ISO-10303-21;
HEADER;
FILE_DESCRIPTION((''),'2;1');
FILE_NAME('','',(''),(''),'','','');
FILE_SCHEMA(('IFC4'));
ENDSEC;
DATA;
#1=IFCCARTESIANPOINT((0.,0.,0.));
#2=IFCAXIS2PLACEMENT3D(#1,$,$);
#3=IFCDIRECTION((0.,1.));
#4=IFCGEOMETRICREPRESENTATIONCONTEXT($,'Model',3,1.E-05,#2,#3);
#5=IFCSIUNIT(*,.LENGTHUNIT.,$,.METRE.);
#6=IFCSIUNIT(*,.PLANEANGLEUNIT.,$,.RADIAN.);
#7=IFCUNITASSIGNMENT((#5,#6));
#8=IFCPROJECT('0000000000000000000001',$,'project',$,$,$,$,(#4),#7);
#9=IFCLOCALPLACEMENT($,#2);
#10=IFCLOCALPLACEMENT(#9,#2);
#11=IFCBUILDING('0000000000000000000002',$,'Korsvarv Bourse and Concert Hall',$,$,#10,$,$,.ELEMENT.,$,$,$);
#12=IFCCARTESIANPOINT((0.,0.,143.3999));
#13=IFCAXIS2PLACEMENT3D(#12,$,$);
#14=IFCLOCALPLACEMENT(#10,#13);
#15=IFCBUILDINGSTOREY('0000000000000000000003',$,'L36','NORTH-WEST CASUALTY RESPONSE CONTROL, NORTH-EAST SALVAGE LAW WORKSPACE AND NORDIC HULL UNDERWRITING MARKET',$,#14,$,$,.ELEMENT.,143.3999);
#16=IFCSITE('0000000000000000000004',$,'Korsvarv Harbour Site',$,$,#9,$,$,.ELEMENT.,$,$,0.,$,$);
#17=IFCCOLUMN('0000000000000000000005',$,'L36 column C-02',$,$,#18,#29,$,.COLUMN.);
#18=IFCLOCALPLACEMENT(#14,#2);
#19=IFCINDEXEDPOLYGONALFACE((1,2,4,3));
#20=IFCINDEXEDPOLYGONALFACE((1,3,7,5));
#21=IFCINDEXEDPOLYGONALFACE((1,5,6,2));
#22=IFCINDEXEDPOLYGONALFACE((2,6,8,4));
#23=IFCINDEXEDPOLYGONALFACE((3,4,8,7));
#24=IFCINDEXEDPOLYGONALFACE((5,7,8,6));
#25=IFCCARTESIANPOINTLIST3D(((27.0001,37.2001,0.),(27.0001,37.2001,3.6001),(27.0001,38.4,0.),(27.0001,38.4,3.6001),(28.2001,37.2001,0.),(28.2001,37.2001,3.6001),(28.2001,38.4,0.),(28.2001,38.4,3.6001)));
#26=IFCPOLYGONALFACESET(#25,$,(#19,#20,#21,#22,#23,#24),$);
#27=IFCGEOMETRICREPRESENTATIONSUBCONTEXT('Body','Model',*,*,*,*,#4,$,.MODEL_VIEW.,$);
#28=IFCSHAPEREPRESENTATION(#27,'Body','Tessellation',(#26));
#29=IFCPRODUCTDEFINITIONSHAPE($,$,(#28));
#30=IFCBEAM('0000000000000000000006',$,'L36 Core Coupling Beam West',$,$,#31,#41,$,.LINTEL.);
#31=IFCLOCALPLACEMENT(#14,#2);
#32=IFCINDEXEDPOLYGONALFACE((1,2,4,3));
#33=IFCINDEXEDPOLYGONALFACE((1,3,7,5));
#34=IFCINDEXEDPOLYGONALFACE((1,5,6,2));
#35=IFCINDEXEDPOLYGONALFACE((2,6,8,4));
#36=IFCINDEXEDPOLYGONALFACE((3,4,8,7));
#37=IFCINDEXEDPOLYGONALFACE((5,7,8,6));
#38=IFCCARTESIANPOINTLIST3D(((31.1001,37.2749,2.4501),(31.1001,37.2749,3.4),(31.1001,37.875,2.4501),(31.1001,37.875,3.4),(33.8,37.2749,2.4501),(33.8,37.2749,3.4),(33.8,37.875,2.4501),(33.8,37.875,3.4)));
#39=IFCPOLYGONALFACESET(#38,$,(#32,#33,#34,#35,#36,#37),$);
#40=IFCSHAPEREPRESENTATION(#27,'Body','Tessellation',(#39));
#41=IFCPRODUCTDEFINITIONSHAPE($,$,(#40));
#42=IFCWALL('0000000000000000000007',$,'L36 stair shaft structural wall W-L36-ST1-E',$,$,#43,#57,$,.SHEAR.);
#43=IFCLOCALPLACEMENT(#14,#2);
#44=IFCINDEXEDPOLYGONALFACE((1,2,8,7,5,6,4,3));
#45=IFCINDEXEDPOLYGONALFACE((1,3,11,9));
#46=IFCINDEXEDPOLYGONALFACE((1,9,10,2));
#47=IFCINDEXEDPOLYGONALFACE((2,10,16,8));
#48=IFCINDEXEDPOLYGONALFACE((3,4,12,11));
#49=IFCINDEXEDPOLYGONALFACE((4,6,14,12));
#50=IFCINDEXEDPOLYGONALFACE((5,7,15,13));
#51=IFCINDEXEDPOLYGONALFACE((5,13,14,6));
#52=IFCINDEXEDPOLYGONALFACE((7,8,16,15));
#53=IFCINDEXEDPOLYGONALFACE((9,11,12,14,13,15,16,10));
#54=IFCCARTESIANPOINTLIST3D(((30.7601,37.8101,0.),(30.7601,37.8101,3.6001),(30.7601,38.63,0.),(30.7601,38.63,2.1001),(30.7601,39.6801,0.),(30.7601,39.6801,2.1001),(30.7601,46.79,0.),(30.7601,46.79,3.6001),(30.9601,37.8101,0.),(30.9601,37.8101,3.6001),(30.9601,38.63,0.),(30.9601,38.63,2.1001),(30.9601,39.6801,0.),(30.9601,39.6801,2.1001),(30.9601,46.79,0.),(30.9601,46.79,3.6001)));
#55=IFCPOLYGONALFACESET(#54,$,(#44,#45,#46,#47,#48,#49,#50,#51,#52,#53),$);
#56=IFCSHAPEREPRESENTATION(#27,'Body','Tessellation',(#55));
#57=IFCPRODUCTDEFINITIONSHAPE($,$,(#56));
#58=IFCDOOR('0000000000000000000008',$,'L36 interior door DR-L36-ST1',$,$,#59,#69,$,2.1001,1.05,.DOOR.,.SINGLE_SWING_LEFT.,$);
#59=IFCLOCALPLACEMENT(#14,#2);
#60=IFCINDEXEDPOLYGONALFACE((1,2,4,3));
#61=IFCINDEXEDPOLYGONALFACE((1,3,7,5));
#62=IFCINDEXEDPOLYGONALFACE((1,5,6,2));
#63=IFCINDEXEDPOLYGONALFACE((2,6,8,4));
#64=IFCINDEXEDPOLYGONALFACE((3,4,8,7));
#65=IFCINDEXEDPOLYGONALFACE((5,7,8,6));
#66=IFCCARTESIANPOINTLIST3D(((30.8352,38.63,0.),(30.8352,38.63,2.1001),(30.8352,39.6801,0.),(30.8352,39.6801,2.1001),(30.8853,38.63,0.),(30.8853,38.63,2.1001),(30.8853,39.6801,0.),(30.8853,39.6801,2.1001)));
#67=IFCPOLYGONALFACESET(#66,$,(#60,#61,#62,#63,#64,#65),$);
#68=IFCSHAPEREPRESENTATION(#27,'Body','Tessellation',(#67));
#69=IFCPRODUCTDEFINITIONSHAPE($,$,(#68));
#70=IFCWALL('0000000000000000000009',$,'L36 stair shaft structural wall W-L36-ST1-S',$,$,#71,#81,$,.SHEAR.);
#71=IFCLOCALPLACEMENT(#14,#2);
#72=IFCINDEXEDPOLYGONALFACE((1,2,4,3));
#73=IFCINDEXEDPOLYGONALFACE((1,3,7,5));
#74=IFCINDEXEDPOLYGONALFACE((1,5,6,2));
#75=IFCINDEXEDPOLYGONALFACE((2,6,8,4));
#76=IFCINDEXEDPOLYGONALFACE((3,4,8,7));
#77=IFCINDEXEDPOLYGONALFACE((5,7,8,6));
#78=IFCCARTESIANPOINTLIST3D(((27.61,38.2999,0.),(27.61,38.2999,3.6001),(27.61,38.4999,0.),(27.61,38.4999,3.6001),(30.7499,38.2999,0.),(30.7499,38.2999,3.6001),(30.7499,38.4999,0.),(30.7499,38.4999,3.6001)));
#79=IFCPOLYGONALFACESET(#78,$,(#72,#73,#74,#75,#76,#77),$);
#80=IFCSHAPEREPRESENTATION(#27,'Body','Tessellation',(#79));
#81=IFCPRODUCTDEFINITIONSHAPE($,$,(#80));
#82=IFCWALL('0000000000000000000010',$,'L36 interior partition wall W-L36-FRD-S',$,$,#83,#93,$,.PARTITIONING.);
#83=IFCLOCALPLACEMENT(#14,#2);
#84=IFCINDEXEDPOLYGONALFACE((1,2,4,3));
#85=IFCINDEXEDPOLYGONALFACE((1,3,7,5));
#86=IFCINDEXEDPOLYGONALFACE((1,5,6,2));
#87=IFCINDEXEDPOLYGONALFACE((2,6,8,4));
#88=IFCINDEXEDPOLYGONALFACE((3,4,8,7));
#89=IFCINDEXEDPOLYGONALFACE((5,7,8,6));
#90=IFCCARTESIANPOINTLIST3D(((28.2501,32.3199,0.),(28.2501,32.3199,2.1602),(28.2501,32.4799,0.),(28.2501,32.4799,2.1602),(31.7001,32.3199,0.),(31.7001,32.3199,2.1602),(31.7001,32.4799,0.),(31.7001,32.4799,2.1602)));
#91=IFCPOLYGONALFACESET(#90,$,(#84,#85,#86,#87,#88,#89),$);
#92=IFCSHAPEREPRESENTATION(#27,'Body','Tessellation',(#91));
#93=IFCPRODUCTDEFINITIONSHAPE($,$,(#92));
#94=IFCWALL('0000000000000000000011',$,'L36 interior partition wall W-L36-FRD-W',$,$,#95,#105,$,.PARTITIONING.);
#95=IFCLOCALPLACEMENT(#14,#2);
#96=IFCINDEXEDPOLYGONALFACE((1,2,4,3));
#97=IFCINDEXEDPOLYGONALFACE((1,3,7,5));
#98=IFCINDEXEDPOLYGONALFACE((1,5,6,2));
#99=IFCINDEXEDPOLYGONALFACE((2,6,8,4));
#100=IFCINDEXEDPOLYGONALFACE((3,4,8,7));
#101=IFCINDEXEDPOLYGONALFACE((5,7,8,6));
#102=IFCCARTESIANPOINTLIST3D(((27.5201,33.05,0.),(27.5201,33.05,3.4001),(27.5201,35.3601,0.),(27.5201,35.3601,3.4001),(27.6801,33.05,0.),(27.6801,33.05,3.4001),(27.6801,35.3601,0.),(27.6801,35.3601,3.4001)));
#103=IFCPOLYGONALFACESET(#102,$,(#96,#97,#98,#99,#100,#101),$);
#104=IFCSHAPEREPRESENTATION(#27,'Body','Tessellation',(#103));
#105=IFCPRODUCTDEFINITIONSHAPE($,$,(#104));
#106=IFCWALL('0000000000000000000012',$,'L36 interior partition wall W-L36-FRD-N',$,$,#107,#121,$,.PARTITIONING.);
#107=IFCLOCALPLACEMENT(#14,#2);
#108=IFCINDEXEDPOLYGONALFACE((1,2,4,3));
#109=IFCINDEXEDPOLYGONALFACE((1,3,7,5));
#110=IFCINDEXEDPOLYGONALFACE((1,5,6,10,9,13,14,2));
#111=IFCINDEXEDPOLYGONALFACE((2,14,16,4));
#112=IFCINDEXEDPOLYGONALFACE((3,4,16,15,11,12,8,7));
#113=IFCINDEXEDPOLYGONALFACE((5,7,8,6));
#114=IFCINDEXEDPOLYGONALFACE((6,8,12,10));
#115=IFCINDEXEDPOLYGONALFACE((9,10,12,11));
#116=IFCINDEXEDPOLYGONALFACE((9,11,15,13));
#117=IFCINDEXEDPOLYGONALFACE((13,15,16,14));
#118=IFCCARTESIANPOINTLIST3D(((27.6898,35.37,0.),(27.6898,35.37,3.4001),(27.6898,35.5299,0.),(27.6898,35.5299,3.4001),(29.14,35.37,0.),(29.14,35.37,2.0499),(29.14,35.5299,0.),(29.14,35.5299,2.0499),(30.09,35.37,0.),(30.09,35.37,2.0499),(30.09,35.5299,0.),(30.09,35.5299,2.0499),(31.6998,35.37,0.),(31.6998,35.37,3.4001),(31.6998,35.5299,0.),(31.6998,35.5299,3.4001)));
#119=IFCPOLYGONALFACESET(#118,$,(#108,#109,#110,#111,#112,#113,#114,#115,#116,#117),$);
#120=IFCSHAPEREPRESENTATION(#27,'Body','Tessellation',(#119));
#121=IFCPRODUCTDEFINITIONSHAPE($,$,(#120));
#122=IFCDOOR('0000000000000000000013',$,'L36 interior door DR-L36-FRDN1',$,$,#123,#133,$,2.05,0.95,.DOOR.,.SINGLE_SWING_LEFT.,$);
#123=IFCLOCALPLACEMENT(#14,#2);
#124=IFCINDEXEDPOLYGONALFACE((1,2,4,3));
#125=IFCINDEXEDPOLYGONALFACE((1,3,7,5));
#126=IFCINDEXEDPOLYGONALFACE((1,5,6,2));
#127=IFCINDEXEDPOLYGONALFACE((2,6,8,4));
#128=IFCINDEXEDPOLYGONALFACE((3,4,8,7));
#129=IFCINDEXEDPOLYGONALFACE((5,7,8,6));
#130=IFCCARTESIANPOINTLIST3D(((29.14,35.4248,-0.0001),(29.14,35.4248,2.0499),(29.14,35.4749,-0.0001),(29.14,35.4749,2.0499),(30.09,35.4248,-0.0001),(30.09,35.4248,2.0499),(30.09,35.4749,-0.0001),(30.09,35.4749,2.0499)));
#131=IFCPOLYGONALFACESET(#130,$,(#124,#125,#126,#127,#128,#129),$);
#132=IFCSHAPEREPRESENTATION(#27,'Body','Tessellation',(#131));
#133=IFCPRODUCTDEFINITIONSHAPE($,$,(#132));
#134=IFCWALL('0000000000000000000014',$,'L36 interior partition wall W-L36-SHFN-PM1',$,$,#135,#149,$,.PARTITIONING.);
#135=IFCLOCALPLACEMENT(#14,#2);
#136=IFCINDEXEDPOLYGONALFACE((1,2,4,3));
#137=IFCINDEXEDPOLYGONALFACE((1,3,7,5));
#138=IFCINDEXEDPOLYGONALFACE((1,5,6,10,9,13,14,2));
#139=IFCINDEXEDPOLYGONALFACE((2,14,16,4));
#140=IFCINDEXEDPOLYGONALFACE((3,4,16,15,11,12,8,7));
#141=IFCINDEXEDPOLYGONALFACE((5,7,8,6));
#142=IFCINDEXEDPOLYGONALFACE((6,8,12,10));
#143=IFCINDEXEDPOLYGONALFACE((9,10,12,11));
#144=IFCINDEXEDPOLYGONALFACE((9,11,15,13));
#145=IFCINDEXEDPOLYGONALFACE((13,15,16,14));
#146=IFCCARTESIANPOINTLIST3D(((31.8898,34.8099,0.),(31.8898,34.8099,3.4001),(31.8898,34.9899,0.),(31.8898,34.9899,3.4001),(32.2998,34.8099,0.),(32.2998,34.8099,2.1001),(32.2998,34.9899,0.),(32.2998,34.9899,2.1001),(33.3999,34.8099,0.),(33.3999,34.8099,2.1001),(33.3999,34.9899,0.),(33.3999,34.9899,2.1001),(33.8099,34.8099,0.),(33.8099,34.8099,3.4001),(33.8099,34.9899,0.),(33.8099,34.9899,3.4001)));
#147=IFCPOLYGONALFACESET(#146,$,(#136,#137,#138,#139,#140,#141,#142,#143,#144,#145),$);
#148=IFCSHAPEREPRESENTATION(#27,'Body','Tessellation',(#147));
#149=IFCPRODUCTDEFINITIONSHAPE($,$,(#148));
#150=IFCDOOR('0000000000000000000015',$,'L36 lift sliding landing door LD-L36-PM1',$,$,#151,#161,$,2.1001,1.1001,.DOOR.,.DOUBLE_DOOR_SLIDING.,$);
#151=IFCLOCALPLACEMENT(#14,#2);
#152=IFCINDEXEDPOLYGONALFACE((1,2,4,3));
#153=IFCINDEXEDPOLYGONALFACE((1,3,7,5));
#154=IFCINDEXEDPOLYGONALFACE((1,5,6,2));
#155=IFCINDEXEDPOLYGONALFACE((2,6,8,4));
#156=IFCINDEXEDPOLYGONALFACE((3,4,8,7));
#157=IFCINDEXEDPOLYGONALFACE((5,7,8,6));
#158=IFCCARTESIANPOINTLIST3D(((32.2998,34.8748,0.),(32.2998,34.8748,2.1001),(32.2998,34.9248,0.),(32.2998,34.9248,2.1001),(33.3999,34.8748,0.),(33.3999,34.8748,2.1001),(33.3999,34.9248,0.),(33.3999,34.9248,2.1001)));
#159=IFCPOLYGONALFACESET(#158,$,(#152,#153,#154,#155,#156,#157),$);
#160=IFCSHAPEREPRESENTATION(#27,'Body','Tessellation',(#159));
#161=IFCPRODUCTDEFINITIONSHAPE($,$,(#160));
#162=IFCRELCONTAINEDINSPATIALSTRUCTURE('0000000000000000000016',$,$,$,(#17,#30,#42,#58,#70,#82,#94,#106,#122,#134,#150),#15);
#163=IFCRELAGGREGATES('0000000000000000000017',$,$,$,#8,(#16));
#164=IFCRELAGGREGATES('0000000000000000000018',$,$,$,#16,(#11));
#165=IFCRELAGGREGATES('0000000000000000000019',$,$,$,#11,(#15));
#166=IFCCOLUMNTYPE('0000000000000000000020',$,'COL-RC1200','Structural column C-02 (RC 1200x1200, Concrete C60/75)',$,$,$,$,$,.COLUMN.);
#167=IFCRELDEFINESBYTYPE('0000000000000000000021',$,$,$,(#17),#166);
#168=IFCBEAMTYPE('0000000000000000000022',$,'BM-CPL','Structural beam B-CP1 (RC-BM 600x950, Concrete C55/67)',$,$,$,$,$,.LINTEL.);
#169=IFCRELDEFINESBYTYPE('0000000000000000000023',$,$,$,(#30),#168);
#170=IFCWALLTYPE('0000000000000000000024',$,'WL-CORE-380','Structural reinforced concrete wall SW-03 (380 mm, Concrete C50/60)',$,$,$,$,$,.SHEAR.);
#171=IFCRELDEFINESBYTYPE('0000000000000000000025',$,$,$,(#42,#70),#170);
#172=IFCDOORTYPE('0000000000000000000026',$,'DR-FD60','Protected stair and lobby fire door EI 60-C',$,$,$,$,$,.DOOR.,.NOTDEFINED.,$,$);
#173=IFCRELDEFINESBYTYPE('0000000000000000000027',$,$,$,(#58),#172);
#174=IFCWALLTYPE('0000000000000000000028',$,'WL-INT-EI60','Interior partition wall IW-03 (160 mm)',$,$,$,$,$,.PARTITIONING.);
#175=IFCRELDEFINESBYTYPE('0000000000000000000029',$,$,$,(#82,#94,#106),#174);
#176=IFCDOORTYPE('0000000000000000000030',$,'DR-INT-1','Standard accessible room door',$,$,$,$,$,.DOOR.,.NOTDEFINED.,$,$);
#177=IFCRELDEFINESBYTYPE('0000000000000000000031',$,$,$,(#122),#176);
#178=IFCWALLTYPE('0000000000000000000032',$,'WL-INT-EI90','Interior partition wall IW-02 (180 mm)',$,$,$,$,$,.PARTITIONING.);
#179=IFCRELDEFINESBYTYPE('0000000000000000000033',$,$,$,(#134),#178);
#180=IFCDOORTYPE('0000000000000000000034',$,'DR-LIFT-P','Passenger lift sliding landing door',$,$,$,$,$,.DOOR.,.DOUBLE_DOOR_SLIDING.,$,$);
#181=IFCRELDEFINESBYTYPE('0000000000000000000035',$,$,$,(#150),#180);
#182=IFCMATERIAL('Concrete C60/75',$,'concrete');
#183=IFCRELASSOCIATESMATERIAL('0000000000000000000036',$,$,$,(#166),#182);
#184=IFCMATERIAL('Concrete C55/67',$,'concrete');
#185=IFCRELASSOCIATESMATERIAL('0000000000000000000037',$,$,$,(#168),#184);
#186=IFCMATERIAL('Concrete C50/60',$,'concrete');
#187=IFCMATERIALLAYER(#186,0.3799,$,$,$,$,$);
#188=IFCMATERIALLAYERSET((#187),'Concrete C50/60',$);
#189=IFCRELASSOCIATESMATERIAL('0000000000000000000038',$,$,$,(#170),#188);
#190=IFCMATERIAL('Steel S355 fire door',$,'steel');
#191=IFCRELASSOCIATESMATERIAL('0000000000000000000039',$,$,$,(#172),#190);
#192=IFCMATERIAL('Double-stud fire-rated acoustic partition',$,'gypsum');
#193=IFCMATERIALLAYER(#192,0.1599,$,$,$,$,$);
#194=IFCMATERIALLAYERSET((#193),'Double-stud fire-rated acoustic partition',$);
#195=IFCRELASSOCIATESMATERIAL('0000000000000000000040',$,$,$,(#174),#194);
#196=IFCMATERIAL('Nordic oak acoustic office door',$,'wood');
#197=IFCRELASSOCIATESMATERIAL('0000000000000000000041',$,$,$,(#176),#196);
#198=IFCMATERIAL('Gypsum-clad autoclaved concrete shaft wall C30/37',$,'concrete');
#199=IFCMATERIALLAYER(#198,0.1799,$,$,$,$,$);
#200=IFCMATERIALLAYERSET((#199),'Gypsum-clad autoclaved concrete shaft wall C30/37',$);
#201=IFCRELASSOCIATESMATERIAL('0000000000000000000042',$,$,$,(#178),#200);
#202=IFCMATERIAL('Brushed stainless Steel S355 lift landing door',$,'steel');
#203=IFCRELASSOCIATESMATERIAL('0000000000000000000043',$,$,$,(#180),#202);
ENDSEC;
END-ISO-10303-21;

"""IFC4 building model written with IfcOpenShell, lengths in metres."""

from ifc_helpers import new_model, si_unit, direction, frame, frame_2d, origin, origin_2d, place, context, subcontext, project, spatial, rectangle, extrude, source, transform, mapped, material, layer, layer_set, material_profile, profile_set, type_object, element, fill, save


model = new_model("IFC4")

# Units and contexts
model_context = context("Model", 3, precision=1e-05, world=origin(), true_north=direction((0.0, 1.0)))
body_context = subcontext(model_context, "Body", "Model", "MODEL_VIEW")
ifc_project = project(units=[si_unit("LENGTHUNIT", "METRE"), si_unit("PLANEANGLEUNIT", "RADIAN")], contexts=[model_context])

# Site, building, storey
site_placement = place(None, origin())
site = spatial("IfcSite", under=ifc_project, at=site_placement, Name="Korsvarv Harbour Site", CompositionType="ELEMENT", RefElevation=0.0)
building_placement = place(site_placement, origin())
building = spatial("IfcBuilding", under=site, at=building_placement, Name="Korsvarv Bourse and Concert Hall", CompositionType="ELEMENT")
storey_placement = place(building_placement, frame((0.0, 0.0, 143.3999)))
storey = spatial("IfcBuildingStorey", under=building, at=storey_placement, Name="L36", Description="NORTH-WEST CASUALTY RESPONSE CONTROL, NORTH-EAST SALVAGE LAW WORKSPACE AND NORDIC HULL UNDERWRITING MARKET", CompositionType="ELEMENT", Elevation=143.3999)

# Column
ifc_material_1 = material(Name="Concrete C60/75", Category="concrete")
ifc_material_profile_1 = material_profile(ifc_material_1, rectangle(XDim=1.2, YDim=1.2, at=origin_2d()), Name="RC 1200x1200")
ifc_profile_set_1 = profile_set([ifc_material_profile_1], Name="Concrete C60/75")
column_type = type_object("IfcColumnType", Name="COL-RC1200", Description="Structural column C-02 (RC 1200x1200, Concrete C60/75)", PredefinedType="COLUMN", material=ifc_profile_set_1)
shared_shape_1 = source(origin(), body_context, "Body", "SweptSolid", [
    extrude(rectangle(XDim=1.2, YDim=1.2, at=origin_2d()), origin(), (0.0, 0.0, 1.0), 3.6001),
])
column_placement = place(storey_placement, frame((27.6001, 37.8, 0.0), z_axis=(0.0, 0.0, 1.0), x_axis=(1.0, 0.0, 0.0)))
element("IfcColumn", 1, at=column_placement, inside=storey, type_object=column_type, Name="L36 column C-02", PredefinedType="COLUMN", context=body_context, shape_type="MappedRepresentation", body=[
    mapped(shared_shape_1, transform((0.0, 0.0, 0.0), scale=1.0)),
])

# Beam
ifc_material_2 = material(Name="Concrete C55/67", Category="concrete")
ifc_material_profile_2 = material_profile(ifc_material_2, rectangle(XDim=0.6001, YDim=0.95, at=origin_2d()), Name="RC-BM 600x950")
ifc_profile_set_2 = profile_set([ifc_material_profile_2], Name="Concrete C55/67")
beam_type = type_object("IfcBeamType", Name="BM-CPL", Description="Structural beam B-CP1 (RC-BM 600x950, Concrete C55/67)", PredefinedType="LINTEL", material=ifc_profile_set_2)
shared_shape_2 = source(origin(), body_context, "Body", "SweptSolid", [
    extrude(rectangle(XDim=0.6001, YDim=0.95, at=origin_2d()), origin(), (0.0, 0.0, 1.0), 2.7),
])
beam_placement = place(storey_placement, frame((31.1001, 37.575, 2.925), z_axis=(1.0, 0.0, 0.0), x_axis=(0.0, 1.0, 0.0)))
element("IfcBeam", 2, at=beam_placement, inside=storey, type_object=beam_type, Name="L36 Core Coupling Beam West", PredefinedType="LINTEL", context=body_context, shape_type="MappedRepresentation", body=[
    mapped(shared_shape_2, transform((0.0, 0.0, 0.0), scale=1.0)),
])

# Wall, opening, door
ifc_material_3 = material(Name="Concrete C50/60", Category="concrete")
ifc_layer_1 = layer(ifc_material_3, 0.3799)
ifc_layer_set_1 = layer_set([ifc_layer_1], Name="Concrete C50/60")
wall_type_1 = type_object("IfcWallType", Name="WL-CORE-380", Description="Structural reinforced concrete wall SW-03 (380 mm, Concrete C50/60)", PredefinedType="SHEAR", material=ifc_layer_set_1)
wall_1_placement = place(storey_placement, frame((30.8601, 37.8101, 0.0), z_axis=(0.0, 0.0, 1.0), x_axis=(0.0, 1.0, 0.0)))
wall_1 = element("IfcWall", 3, at=wall_1_placement, inside=storey, type_object=wall_type_1, Name="L36 stair shaft structural wall W-L36-ST1-E", PredefinedType="SHEAR", context=body_context, shape_type="SweptSolid", body=[
    extrude(rectangle(XDim=8.98, YDim=0.2, at=frame_2d((4.49, 0.0))), origin(), (0.0, 0.0, 1.0), 3.6001),
])
opening_1_placement = place(wall_1_placement, frame((0.8201, 0.0, 0.0)))
opening_1 = element("IfcOpeningElement", 4, at=opening_1_placement, cuts=wall_1, PredefinedType="OPENING", context=body_context, shape_type="SweptSolid", body=[
    extrude(rectangle(XDim=1.05, YDim=2.1001, at=frame_2d((0.5249, 1.05))), frame((0.0, 0.1099, 0.0), z_axis=(0.0, -1.0, 0.0), x_axis=(1.0, 0.0, 0.0)), (0.0, 0.0, 1.0), 0.22),
])
ifc_material_4 = material(Name="Steel S355 fire door", Category="steel")
door_type_1 = type_object("IfcDoorType", Name="DR-FD60", Description="Protected stair and lobby fire door EI 60-C", OperationType="NOTDEFINED", PredefinedType="DOOR", material=ifc_material_4)
door_1_placement = place(opening_1_placement, origin())
door_1 = element("IfcDoor", 5, at=door_1_placement, inside=storey, type_object=door_type_1, Name="L36 interior door DR-L36-ST1", OperationType="SINGLE_SWING_LEFT", OverallHeight=2.1001, OverallWidth=1.05, PredefinedType="DOOR", context=body_context, shape_type="SweptSolid", body=[
    extrude(rectangle(XDim=1.05, YDim=2.1001, at=frame_2d((0.5249, 1.05))), frame((0.0, 0.0249, 0.0), z_axis=(0.0, -1.0, 0.0), x_axis=(1.0, 0.0, 0.0)), (0.0, 0.0, 1.0), 0.05),
])
fill(opening_1, door_1)

# Walls
wall_2_placement = place(storey_placement, frame((27.6101, 38.3999, 0.0), z_axis=(0.0, 0.0, 1.0), x_axis=(1.0, 0.0, 0.0)))
element("IfcWall", 6, at=wall_2_placement, inside=storey, type_object=wall_type_1, Name="L36 stair shaft structural wall W-L36-ST1-S", PredefinedType="SHEAR", context=body_context, shape_type="SweptSolid", body=[
    extrude(rectangle(XDim=3.1399, YDim=0.2, at=frame_2d((1.5698, 0.0))), origin(), (0.0, 0.0, 1.0), 3.6001),
])
ifc_material_5 = material(Name="Double-stud fire-rated acoustic partition", Category="gypsum")
ifc_layer_2 = layer(ifc_material_5, 0.1599)
ifc_layer_set_2 = layer_set([ifc_layer_2], Name="Double-stud fire-rated acoustic partition")
wall_type_2 = type_object("IfcWallType", Name="WL-INT-EI60", Description="Interior partition wall IW-03 (160 mm)", PredefinedType="PARTITIONING", material=ifc_layer_set_2)
wall_3_placement = place(storey_placement, frame((28.25, 32.3999, 0.0), z_axis=(0.0, 0.0, 1.0), x_axis=(1.0, 0.0, 0.0)))
element("IfcWall", 7, at=wall_3_placement, inside=storey, type_object=wall_type_2, Name="L36 interior partition wall W-L36-FRD-S", PredefinedType="PARTITIONING", context=body_context, shape_type="SweptSolid", body=[
    extrude(rectangle(XDim=3.45, YDim=0.1599, at=frame_2d((1.7251, 0.0))), origin(), (0.0, 0.0, 1.0), 2.1602),
])
wall_4_placement = place(storey_placement, frame((27.6001, 33.05, 0.0), z_axis=(0.0, 0.0, 1.0), x_axis=(0.0, 1.0, 0.0)))
element("IfcWall", 8, at=wall_4_placement, inside=storey, type_object=wall_type_2, Name="L36 interior partition wall W-L36-FRD-W", PredefinedType="PARTITIONING", context=body_context, shape_type="SweptSolid", body=[
    extrude(rectangle(XDim=2.3101, YDim=0.1599, at=frame_2d((1.155, 0.0))), origin(), (0.0, 0.0, 1.0), 3.4001),
])

# Walls, openings, doors
wall_5_placement = place(storey_placement, frame((27.6899, 35.45, 0.0), z_axis=(0.0, 0.0, 1.0), x_axis=(1.0, 0.0, 0.0)))
wall_5 = element("IfcWall", 9, at=wall_5_placement, inside=storey, type_object=wall_type_2, Name="L36 interior partition wall W-L36-FRD-N", PredefinedType="PARTITIONING", context=body_context, shape_type="SweptSolid", body=[
    extrude(rectangle(XDim=4.01, YDim=0.1599, at=frame_2d((2.0049, 0.0))), origin(), (0.0, 0.0, 1.0), 3.4001),
])
opening_2_placement = place(wall_5_placement, frame((1.45, 0.0, 0.0)))
opening_2 = element("IfcOpeningElement", 10, at=opening_2_placement, cuts=wall_5, PredefinedType="OPENING", context=body_context, shape_type="SweptSolid", body=[
    extrude(rectangle(XDim=0.95, YDim=2.05, at=frame_2d((0.4751, 1.0249))), frame((0.0, 0.0898, 0.0), z_axis=(0.0, -1.0, 0.0), x_axis=(1.0, 0.0, 0.0)), (0.0, 0.0, 1.0), 0.1799),
])
ifc_material_6 = material(Name="Nordic oak acoustic office door", Category="wood")
door_type_2 = type_object("IfcDoorType", Name="DR-INT-1", Description="Standard accessible room door", OperationType="NOTDEFINED", PredefinedType="DOOR", material=ifc_material_6)
door_2_placement = place(opening_2_placement, origin())
door_2 = element("IfcDoor", 11, at=door_2_placement, inside=storey, type_object=door_type_2, Name="L36 interior door DR-L36-FRDN1", OperationType="SINGLE_SWING_LEFT", OverallHeight=2.05, OverallWidth=0.95, PredefinedType="DOOR", context=body_context, shape_type="SweptSolid", body=[
    extrude(rectangle(XDim=0.95, YDim=2.05, at=frame_2d((0.4751, 1.0249))), frame((0.0, 0.0249, 0.0), z_axis=(0.0, -1.0, 0.0), x_axis=(1.0, 0.0, 0.0)), (0.0, 0.0, 1.0), 0.05),
])
fill(opening_2, door_2)
ifc_material_7 = material(Name="Gypsum-clad autoclaved concrete shaft wall C30/37", Category="concrete")
ifc_layer_3 = layer(ifc_material_7, 0.1799)
ifc_layer_set_3 = layer_set([ifc_layer_3], Name="Gypsum-clad autoclaved concrete shaft wall C30/37")
wall_type_3 = type_object("IfcWallType", Name="WL-INT-EI90", Description="Interior partition wall IW-02 (180 mm)", PredefinedType="PARTITIONING", material=ifc_layer_set_3)
wall_6_placement = place(storey_placement, frame((31.8899, 34.8999, 0.0), z_axis=(0.0, 0.0, 1.0), x_axis=(1.0, 0.0, 0.0)))
wall_6 = element("IfcWall", 12, at=wall_6_placement, inside=storey, type_object=wall_type_3, Name="L36 interior partition wall W-L36-SHFN-PM1", PredefinedType="PARTITIONING", context=body_context, shape_type="SweptSolid", body=[
    extrude(rectangle(XDim=1.9202, YDim=0.1799, at=frame_2d((0.96, 0.0))), origin(), (0.0, 0.0, 1.0), 3.4001),
])
opening_3_placement = place(wall_6_placement, frame((0.4099, 0.0, 0.0)))
opening_3 = element("IfcOpeningElement", 13, at=opening_3_placement, cuts=wall_6, PredefinedType="OPENING", context=body_context, shape_type="SweptSolid", body=[
    extrude(rectangle(XDim=1.1001, YDim=2.1001, at=frame_2d((0.55, 1.05))), frame((0.0, 0.1001, 0.0), z_axis=(0.0, -1.0, 0.0), x_axis=(1.0, 0.0, 0.0)), (0.0, 0.0, 1.0), 0.2),
])
ifc_material_8 = material(Name="Brushed stainless Steel S355 lift landing door", Category="steel")
door_type_3 = type_object("IfcDoorType", Name="DR-LIFT-P", Description="Passenger lift sliding landing door", OperationType="DOUBLE_DOOR_SLIDING", PredefinedType="DOOR", material=ifc_material_8)
door_3_placement = place(opening_3_placement, origin())
door_3 = element("IfcDoor", 14, at=door_3_placement, inside=storey, type_object=door_type_3, Name="L36 lift sliding landing door LD-L36-PM1", OperationType="DOUBLE_DOOR_SLIDING", OverallHeight=2.1001, OverallWidth=1.1001, PredefinedType="DOOR", context=body_context, shape_type="SweptSolid", body=[
    extrude(rectangle(XDim=1.1001, YDim=2.1001, at=frame_2d((0.55, 1.05))), frame((0.0, 0.0249, 0.0), z_axis=(0.0, -1.0, 0.0), x_axis=(1.0, 0.0, 0.0)), (0.0, 0.0, 1.0), 0.05),
])
fill(opening_3, door_3)

save(model, "model.ifc")
